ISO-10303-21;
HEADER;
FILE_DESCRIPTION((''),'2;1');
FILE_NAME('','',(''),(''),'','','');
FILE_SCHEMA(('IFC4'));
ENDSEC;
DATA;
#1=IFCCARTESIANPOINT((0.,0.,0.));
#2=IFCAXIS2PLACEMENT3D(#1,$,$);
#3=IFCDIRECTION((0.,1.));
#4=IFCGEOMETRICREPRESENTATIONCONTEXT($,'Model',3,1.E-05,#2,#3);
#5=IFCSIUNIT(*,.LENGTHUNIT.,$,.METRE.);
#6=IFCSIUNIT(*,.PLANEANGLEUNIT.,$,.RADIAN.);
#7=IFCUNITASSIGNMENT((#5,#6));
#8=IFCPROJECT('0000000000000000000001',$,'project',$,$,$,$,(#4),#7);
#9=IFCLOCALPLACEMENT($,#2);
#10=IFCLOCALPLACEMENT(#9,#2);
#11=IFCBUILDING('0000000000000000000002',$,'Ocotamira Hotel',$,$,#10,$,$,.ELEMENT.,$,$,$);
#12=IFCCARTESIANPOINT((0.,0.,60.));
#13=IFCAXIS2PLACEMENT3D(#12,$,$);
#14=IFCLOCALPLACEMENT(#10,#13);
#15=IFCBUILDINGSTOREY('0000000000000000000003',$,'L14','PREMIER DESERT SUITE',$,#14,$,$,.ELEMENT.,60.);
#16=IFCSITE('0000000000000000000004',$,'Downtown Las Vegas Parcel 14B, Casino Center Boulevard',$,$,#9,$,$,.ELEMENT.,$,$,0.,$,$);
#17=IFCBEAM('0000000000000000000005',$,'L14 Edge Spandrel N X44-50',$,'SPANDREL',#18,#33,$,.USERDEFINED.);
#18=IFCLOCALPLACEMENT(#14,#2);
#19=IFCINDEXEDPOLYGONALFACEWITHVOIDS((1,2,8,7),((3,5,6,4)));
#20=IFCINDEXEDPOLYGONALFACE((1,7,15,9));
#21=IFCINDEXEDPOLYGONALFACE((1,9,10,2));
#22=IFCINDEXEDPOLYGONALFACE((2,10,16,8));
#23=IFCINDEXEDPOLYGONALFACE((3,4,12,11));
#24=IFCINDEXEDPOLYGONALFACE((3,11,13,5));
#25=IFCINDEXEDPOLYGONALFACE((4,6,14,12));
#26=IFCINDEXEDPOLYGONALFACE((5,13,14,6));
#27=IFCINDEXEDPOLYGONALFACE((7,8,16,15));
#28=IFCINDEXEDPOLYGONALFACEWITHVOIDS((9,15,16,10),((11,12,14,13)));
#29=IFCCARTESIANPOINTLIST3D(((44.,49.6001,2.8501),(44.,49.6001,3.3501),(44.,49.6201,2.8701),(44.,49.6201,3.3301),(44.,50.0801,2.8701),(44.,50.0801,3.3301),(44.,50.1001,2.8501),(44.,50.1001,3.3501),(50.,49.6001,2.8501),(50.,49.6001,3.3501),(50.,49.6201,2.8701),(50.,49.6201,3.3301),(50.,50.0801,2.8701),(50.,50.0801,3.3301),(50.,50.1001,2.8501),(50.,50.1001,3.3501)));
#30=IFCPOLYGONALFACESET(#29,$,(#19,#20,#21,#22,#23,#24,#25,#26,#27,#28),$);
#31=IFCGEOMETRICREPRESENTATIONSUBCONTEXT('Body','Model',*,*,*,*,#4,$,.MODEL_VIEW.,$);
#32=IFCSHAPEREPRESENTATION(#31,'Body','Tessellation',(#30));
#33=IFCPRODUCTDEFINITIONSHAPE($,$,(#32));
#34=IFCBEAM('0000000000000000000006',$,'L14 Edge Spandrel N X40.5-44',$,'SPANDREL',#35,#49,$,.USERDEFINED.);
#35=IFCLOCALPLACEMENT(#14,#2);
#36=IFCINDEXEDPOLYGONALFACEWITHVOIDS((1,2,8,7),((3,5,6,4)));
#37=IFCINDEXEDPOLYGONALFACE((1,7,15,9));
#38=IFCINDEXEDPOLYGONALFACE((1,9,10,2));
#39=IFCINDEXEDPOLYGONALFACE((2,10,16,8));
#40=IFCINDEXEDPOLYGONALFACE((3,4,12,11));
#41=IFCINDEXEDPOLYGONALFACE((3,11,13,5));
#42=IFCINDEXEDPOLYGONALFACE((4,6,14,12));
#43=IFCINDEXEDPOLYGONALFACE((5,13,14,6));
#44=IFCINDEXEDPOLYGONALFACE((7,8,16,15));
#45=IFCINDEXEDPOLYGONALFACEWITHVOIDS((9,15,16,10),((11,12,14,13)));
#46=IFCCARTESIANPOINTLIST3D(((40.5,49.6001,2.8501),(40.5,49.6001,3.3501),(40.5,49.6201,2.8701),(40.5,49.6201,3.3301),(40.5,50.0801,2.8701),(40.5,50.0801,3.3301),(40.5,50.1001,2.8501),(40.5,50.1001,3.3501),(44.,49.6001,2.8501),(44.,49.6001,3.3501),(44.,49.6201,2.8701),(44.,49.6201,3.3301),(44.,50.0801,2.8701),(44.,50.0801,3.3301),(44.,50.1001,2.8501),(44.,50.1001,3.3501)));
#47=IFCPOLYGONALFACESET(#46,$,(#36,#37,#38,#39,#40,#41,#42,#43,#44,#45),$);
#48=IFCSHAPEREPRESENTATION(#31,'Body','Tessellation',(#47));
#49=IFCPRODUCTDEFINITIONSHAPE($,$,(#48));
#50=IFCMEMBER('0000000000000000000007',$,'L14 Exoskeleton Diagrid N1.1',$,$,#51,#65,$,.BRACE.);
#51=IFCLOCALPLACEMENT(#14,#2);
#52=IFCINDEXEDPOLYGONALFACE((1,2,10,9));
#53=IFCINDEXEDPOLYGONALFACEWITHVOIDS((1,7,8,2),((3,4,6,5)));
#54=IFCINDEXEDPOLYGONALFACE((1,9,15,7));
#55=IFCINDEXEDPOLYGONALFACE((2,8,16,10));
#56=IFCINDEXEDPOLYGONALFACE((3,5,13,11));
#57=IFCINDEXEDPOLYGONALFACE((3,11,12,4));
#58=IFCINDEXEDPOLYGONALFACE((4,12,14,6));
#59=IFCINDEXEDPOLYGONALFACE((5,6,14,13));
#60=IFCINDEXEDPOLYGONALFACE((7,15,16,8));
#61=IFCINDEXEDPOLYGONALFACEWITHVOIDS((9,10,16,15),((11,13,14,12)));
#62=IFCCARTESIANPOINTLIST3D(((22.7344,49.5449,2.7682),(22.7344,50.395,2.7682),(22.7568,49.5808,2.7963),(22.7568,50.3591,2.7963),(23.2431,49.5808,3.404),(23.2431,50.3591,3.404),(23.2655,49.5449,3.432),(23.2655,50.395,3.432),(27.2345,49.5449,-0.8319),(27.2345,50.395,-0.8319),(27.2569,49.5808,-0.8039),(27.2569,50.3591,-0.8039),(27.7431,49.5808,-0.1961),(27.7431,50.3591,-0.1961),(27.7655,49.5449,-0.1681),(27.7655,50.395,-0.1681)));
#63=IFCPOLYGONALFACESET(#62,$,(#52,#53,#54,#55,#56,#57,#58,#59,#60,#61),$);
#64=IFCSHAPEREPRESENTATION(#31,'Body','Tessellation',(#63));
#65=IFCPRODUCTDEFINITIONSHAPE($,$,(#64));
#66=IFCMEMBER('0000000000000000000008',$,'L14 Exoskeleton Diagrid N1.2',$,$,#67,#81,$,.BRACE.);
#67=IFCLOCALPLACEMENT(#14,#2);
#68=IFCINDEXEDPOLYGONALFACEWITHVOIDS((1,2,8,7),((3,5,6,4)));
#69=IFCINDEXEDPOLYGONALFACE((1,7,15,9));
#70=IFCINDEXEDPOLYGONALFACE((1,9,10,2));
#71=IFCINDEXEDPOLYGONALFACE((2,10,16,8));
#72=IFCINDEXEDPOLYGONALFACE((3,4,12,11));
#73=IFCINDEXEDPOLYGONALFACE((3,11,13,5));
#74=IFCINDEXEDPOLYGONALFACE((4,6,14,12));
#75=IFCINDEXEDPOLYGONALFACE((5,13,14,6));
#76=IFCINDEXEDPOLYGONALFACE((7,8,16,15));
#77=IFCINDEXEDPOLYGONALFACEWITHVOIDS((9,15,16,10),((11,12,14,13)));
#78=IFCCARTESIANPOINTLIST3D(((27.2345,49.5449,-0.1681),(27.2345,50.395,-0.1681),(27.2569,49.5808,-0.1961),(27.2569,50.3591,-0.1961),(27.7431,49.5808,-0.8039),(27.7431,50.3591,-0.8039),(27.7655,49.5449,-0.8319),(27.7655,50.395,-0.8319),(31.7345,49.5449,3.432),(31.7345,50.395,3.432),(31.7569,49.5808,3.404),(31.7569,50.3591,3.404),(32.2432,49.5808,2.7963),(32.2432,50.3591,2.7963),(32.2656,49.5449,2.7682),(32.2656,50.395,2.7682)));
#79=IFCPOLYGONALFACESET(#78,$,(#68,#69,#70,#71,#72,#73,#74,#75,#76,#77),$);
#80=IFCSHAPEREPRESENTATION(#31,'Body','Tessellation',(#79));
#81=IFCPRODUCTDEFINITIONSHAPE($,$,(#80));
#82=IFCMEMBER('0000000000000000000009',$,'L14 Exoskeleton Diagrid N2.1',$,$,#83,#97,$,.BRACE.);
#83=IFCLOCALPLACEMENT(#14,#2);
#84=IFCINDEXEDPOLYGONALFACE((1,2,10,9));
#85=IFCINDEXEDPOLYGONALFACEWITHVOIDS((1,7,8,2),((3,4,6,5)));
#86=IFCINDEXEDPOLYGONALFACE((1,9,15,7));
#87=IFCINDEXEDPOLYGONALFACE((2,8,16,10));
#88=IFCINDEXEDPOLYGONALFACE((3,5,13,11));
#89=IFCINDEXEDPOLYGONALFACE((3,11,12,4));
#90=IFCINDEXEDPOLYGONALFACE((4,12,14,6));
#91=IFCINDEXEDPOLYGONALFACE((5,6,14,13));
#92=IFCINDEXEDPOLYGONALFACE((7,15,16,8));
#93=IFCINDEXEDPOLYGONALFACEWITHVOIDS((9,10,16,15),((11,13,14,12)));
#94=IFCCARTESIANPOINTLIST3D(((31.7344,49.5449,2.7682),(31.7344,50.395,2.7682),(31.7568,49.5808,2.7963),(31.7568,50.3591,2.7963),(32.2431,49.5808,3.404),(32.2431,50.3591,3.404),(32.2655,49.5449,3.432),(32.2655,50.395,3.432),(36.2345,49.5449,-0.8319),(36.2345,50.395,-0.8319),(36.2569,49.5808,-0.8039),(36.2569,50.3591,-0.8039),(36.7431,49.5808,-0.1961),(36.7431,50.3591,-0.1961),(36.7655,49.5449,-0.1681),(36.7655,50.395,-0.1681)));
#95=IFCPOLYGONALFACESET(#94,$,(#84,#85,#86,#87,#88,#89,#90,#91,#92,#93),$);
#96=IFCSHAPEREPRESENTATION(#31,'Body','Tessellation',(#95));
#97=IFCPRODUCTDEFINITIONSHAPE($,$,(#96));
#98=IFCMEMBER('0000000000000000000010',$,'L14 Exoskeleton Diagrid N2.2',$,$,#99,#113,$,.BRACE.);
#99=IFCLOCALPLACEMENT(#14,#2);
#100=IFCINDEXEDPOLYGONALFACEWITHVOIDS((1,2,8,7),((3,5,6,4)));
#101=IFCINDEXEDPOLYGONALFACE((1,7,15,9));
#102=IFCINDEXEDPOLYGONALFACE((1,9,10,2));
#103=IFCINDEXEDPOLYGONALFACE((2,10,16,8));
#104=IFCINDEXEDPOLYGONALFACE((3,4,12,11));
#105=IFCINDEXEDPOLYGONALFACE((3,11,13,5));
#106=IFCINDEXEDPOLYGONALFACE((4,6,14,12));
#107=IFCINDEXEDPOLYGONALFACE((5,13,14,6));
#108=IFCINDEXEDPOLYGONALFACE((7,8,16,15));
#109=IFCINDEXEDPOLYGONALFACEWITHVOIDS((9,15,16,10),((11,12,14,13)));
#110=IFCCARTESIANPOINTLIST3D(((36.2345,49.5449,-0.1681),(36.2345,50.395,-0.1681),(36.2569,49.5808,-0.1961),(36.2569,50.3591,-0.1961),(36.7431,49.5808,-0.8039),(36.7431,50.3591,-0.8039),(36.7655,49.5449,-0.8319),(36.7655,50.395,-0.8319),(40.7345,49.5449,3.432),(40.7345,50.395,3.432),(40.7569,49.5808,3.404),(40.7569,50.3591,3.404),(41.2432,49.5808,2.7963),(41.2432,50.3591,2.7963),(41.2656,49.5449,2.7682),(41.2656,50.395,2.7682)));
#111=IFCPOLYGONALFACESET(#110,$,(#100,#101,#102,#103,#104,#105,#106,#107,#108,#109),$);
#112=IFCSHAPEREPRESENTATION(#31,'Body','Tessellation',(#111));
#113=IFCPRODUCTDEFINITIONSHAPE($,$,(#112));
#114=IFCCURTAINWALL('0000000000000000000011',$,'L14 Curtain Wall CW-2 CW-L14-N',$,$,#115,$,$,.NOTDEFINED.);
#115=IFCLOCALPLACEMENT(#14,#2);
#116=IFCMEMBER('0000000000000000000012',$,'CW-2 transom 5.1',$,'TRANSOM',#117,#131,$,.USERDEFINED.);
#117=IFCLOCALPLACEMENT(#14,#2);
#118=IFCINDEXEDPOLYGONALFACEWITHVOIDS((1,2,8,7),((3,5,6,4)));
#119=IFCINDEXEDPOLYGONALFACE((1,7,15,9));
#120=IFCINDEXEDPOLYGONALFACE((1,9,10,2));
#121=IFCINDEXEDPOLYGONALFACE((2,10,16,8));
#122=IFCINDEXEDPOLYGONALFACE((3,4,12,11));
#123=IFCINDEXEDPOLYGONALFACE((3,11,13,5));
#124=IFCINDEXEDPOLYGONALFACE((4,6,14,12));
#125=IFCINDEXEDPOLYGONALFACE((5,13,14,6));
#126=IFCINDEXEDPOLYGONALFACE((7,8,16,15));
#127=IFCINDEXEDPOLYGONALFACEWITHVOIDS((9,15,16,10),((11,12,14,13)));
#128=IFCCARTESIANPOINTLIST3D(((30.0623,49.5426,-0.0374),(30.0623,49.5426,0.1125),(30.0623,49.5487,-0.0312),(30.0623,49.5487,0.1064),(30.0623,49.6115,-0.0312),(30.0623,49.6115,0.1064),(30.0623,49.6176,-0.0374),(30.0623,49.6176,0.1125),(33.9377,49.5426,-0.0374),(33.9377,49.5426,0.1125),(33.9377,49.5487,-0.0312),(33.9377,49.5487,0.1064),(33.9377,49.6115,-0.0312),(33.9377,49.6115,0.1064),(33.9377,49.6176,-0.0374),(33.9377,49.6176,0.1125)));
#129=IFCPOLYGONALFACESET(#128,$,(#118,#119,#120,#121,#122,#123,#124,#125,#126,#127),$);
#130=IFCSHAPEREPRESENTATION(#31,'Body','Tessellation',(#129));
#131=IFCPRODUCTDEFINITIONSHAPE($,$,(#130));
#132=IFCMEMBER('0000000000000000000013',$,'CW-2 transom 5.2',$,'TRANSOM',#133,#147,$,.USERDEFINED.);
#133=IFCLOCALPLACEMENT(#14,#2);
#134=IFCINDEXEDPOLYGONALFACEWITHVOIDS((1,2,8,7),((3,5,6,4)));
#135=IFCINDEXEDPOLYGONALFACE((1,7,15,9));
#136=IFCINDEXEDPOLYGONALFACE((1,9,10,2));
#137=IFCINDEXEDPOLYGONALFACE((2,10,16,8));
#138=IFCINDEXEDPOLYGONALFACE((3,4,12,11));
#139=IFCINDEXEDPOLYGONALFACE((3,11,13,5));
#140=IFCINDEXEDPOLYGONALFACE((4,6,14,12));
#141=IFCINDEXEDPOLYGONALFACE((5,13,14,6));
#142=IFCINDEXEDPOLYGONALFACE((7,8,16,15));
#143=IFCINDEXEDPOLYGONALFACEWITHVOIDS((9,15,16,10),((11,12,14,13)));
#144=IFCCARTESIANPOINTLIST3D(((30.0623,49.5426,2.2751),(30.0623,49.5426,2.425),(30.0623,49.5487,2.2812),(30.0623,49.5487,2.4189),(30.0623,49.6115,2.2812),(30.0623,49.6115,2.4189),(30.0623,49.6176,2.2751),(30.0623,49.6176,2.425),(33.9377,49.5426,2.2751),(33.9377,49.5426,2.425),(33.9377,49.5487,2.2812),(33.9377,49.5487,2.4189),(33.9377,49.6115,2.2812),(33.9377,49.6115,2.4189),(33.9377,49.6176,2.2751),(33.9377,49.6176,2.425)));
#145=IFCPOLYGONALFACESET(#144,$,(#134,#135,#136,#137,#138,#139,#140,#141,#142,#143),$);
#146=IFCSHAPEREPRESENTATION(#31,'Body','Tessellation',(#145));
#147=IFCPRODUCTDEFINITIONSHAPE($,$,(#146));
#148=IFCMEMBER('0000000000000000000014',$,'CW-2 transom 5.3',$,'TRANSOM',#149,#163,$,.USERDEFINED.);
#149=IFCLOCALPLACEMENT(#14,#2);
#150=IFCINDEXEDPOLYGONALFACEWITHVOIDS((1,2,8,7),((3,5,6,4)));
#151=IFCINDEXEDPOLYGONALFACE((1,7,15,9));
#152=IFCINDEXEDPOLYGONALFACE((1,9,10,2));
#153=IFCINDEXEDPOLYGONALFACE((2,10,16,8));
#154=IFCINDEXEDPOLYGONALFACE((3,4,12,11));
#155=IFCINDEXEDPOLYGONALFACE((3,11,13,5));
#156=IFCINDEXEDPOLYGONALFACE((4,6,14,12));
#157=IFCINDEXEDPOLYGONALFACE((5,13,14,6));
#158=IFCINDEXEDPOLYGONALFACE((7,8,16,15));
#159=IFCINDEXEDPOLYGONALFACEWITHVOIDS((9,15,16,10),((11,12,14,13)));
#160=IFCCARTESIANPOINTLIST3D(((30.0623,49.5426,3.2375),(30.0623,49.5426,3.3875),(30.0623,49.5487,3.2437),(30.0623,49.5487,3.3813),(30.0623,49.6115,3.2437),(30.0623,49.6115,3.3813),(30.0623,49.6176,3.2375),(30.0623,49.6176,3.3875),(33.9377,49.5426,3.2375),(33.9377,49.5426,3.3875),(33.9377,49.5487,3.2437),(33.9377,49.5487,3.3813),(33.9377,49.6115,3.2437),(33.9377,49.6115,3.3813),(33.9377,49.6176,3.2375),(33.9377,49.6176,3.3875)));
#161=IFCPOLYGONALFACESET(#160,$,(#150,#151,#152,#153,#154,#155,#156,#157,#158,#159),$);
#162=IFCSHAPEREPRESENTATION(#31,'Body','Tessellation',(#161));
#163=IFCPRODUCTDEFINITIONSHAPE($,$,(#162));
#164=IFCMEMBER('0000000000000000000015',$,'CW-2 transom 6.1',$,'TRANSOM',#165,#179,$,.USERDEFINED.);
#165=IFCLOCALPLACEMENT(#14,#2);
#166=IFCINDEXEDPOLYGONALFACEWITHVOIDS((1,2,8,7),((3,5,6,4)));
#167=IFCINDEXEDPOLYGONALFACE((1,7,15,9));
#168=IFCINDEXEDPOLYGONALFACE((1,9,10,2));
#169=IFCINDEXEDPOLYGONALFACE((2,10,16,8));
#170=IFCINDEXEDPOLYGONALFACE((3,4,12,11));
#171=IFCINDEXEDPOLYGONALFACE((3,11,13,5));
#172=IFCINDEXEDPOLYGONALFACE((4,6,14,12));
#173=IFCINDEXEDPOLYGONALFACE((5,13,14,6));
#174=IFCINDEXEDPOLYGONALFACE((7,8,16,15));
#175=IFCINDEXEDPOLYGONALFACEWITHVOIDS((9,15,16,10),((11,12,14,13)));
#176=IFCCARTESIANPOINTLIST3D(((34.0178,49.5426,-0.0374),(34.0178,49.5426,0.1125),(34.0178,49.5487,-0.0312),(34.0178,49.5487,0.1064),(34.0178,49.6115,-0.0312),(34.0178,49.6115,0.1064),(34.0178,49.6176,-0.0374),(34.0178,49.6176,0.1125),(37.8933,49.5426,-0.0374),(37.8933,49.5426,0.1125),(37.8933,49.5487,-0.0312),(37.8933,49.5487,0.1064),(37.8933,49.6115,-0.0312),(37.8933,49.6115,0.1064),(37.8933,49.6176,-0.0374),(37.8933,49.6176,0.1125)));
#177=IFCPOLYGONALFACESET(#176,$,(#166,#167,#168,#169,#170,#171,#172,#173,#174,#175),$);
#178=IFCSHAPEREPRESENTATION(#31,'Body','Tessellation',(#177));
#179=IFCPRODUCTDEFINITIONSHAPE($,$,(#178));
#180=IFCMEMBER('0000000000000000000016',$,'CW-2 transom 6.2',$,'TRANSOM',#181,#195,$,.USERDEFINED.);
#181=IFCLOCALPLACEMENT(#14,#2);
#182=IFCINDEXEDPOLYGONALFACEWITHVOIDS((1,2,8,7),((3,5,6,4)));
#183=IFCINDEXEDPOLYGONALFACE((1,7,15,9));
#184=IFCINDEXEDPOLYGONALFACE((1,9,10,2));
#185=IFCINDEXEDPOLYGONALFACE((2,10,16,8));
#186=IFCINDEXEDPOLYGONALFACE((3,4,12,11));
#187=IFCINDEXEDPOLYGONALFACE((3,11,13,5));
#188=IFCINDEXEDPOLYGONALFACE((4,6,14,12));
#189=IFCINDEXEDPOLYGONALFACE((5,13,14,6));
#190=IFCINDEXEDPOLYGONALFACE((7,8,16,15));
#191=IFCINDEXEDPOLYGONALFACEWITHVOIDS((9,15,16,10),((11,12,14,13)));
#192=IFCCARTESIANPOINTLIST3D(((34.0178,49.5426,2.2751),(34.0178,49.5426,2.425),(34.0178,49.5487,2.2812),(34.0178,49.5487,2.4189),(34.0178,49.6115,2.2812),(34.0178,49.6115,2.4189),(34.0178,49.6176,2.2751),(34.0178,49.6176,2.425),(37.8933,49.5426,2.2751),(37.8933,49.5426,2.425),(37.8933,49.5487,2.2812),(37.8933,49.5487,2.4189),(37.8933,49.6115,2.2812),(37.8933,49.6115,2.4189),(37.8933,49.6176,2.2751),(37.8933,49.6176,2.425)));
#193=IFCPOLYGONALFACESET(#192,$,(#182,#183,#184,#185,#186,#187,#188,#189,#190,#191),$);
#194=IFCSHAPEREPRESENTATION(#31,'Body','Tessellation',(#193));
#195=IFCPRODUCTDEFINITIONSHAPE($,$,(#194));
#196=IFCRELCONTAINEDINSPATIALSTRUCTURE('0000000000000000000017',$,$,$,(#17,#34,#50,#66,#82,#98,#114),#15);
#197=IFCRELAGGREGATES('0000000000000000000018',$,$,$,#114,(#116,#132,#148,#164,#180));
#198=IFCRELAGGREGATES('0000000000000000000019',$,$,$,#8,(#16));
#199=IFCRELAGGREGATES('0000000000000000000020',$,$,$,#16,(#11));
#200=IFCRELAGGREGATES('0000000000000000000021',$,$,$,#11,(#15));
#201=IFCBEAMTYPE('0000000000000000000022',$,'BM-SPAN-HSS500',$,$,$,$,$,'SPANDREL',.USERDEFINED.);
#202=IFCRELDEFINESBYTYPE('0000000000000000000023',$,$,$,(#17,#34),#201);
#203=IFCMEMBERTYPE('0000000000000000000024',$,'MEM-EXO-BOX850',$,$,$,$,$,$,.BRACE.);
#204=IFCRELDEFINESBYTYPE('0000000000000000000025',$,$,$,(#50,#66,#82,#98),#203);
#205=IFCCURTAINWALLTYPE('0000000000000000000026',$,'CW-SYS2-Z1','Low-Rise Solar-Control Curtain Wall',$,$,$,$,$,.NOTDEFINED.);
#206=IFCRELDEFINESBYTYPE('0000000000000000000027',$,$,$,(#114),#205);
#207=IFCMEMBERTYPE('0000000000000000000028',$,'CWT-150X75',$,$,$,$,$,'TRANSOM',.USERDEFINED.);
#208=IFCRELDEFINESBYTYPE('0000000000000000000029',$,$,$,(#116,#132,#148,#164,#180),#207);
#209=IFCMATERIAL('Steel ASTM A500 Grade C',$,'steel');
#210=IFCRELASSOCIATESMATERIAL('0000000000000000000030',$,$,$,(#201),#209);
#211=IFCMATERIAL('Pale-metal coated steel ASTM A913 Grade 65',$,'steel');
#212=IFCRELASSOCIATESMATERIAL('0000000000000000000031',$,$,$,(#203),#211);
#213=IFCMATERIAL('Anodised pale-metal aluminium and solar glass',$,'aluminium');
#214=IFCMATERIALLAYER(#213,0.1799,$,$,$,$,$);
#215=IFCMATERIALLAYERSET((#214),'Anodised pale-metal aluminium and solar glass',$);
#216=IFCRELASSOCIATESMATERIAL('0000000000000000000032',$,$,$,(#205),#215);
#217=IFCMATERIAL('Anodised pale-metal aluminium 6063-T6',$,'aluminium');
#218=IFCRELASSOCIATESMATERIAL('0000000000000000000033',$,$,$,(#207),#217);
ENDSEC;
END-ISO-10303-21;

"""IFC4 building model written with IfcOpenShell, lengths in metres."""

from ifc_helpers import new_model, si_unit, direction, frame, origin, origin_2d, place, context, subcontext, project, spatial, hollow_rectangle, extrude, source, transform, mapped, material, layer, layer_set, material_profile, profile_set, type_object, element, aggregate, save


model = new_model("IFC4")

# Units and contexts
model_context = context("Model", 3, precision=1e-05, world=origin(), true_north=direction((0.0, 1.0)))
body_context = subcontext(model_context, "Body", "Model", "MODEL_VIEW")
ifc_project = project(units=[si_unit("LENGTHUNIT", "METRE"), si_unit("PLANEANGLEUNIT", "RADIAN")], contexts=[model_context])

# Site, building, storey
site_placement = place(None, origin())
site = spatial("IfcSite", under=ifc_project, at=site_placement, Name="Downtown Las Vegas Parcel 14B, Casino Center Boulevard", CompositionType="ELEMENT", RefElevation=0.0)
building_placement = place(site_placement, origin())
building = spatial("IfcBuilding", under=site, at=building_placement, Name="Ocotamira Hotel", CompositionType="ELEMENT")
storey_placement = place(building_placement, frame((0.0, 0.0, 60.0)))
storey = spatial("IfcBuildingStorey", under=building, at=storey_placement, Name="L14", Description="PREMIER DESERT SUITE", CompositionType="ELEMENT", Elevation=60.0)

# Beams
ifc_material_1 = material(Name="Steel ASTM A500 Grade C", Category="steel")
ifc_material_profile_1 = material_profile(ifc_material_1, hollow_rectangle(XDim=0.5, YDim=0.5, WallThickness=0.02, at=origin_2d()), Name="HSS500X500X20")
ifc_profile_set_1 = profile_set([ifc_material_profile_1], Name="Steel ASTM A500 Grade C")
beam_type = type_object("IfcBeamType", Name="BM-SPAN-HSS500", ElementType="SPANDREL", PredefinedType="USERDEFINED", material=ifc_profile_set_1)
shared_shape_1 = source(origin(), body_context, "Body", "SweptSolid", [
    extrude(hollow_rectangle(XDim=0.5, YDim=0.5, WallThickness=0.02, at=origin_2d()), origin(), (0.0, 0.0, 1.0), 6.0),
])
beam_1_placement = place(storey_placement, frame((44.0, 49.8501, 3.1001), z_axis=(1.0, 0.0, 0.0), x_axis=(0.0, 1.0, 0.0)))
element("IfcBeam", 1, at=beam_1_placement, inside=storey, type_object=beam_type, Name="L14 Edge Spandrel N X44-50", ObjectType="SPANDREL", PredefinedType="USERDEFINED", context=body_context, shape_type="MappedRepresentation", body=[
    mapped(shared_shape_1, transform((0.0, 0.0, 0.0), scale=1.0)),
])
shared_shape_2 = source(origin(), body_context, "Body", "SweptSolid", [
    extrude(hollow_rectangle(XDim=0.5, YDim=0.5, WallThickness=0.02, at=origin_2d()), origin(), (0.0, 0.0, 1.0), 3.5),
])
beam_2_placement = place(storey_placement, frame((40.5, 49.8501, 3.1001), z_axis=(1.0, 0.0, 0.0), x_axis=(0.0, 1.0, 0.0)))
element("IfcBeam", 2, at=beam_2_placement, inside=storey, type_object=beam_type, Name="L14 Edge Spandrel N X40.5-44", ObjectType="SPANDREL", PredefinedType="USERDEFINED", context=body_context, shape_type="MappedRepresentation", body=[
    mapped(shared_shape_2, transform((0.0, 0.0, 0.0), scale=1.0)),
])

# Members
ifc_material_2 = material(Name="Pale-metal coated steel ASTM A913 Grade 65", Category="steel")
ifc_material_profile_2 = material_profile(ifc_material_2, hollow_rectangle(XDim=0.8501, YDim=0.8501, WallThickness=0.0359, at=origin_2d()), Name="BOX850X850X36")
ifc_profile_set_2 = profile_set([ifc_material_profile_2], Name="Pale-metal coated steel ASTM A913 Grade 65")
member_type_1 = type_object("IfcMemberType", Name="MEM-EXO-BOX850", PredefinedType="BRACE", material=ifc_profile_set_2)
shared_shape_3 = source(origin(), body_context, "Body", "SweptSolid", [
    extrude(hollow_rectangle(XDim=0.8501, YDim=0.8501, WallThickness=0.0359, at=origin_2d()), origin(), (0.0, 0.0, 1.0), 5.7629),
])
for number, where, z_axis, x_axis, name in (
    (3, (27.5, 49.97, -0.5), (-0.780861, 0.0, 0.624705), (0.0, -1.0, 0.0), "L14 Exoskeleton Diagrid N1.1"),
    (4, (27.5, 49.97, -0.5), (0.780861, 0.0, 0.624705), (0.0, 1.0, 0.0), "L14 Exoskeleton Diagrid N1.2"),
    (5, (36.5, 49.97, -0.5), (-0.780861, 0.0, 0.624705), (0.0, -1.0, 0.0), "L14 Exoskeleton Diagrid N2.1"),
    (6, (36.5, 49.97, -0.5), (0.780861, 0.0, 0.624705), (0.0, 1.0, 0.0), "L14 Exoskeleton Diagrid N2.2"),
):
    element("IfcMember", number, at=place(storey_placement, frame(where, z_axis=z_axis, x_axis=x_axis)), inside=storey, type_object=member_type_1, Name=name, PredefinedType="BRACE", context=body_context, shape_type="MappedRepresentation", body=[
        mapped(shared_shape_3, transform((0.0, 0.0, 0.0), scale=1.0)),
    ])

# Curtain wall, members
ifc_material_3 = material(Name="Anodised pale-metal aluminium and solar glass", Category="aluminium")
ifc_layer_1 = layer(ifc_material_3, 0.1799)
ifc_layer_set_1 = layer_set([ifc_layer_1], Name="Anodised pale-metal aluminium and solar glass")
curtain_wall_type = type_object("IfcCurtainWallType", Name="CW-SYS2-Z1", Description="Low-Rise Solar-Control Curtain Wall", PredefinedType="NOTDEFINED", material=ifc_layer_set_1)
curtain_wall_placement = place(storey_placement, origin())
curtain_wall = element("IfcCurtainWall", 7, at=curtain_wall_placement, inside=storey, type_object=curtain_wall_type, Name="L14 Curtain Wall CW-2 CW-L14-N", PredefinedType="NOTDEFINED")
ifc_material_4 = material(Name="Anodised pale-metal aluminium 6063-T6", Category="aluminium")
ifc_material_profile_3 = material_profile(ifc_material_4, hollow_rectangle(XDim=0.075, YDim=0.1499, WallThickness=0.0061, at=origin_2d()), Name="HSS150X75X6")
ifc_profile_set_3 = profile_set([ifc_material_profile_3], Name="Anodised pale-metal aluminium 6063-T6")
member_type_2 = type_object("IfcMemberType", Name="CWT-150X75", ElementType="TRANSOM", PredefinedType="USERDEFINED", material=ifc_profile_set_3)
shared_shape_4 = source(origin(), body_context, "Body", "SweptSolid", [
    extrude(hollow_rectangle(XDim=0.075, YDim=0.1499, WallThickness=0.0061, at=origin_2d()), origin(), (0.0, 0.0, 1.0), 3.8755),
])
member_1_placement = place(storey_placement, frame((30.0623, 49.5801, 0.0376), z_axis=(1.0, 0.0, 0.0), x_axis=(0.0, 1.0, 0.0)))
member_1 = element("IfcMember", 8, at=member_1_placement, type_object=member_type_2, Name="CW-2 transom 5.1", ObjectType="TRANSOM", PredefinedType="USERDEFINED", context=body_context, shape_type="MappedRepresentation", body=[
    mapped(shared_shape_4, transform((0.0, 0.0, 0.0), scale=1.0)),
])
member_2_placement = place(storey_placement, frame((30.0623, 49.5801, 2.3501), z_axis=(1.0, 0.0, 0.0), x_axis=(0.0, 1.0, 0.0)))
member_2 = element("IfcMember", 9, at=member_2_placement, type_object=member_type_2, Name="CW-2 transom 5.2", ObjectType="TRANSOM", PredefinedType="USERDEFINED", context=body_context, shape_type="MappedRepresentation", body=[
    mapped(shared_shape_4, transform((0.0, 0.0, 0.0), scale=1.0)),
])
member_3_placement = place(storey_placement, frame((30.0623, 49.5801, 3.3125), z_axis=(1.0, 0.0, 0.0), x_axis=(0.0, 1.0, 0.0)))
member_3 = element("IfcMember", 10, at=member_3_placement, type_object=member_type_2, Name="CW-2 transom 5.3", ObjectType="TRANSOM", PredefinedType="USERDEFINED", context=body_context, shape_type="MappedRepresentation", body=[
    mapped(shared_shape_4, transform((0.0, 0.0, 0.0), scale=1.0)),
])
member_4_placement = place(storey_placement, frame((34.0178, 49.5801, 0.0376), z_axis=(1.0, 0.0, 0.0), x_axis=(0.0, 1.0, 0.0)))
member_4 = element("IfcMember", 11, at=member_4_placement, type_object=member_type_2, Name="CW-2 transom 6.1", ObjectType="TRANSOM", PredefinedType="USERDEFINED", context=body_context, shape_type="MappedRepresentation", body=[
    mapped(shared_shape_4, transform((0.0, 0.0, 0.0), scale=1.0)),
])
member_5_placement = place(storey_placement, frame((34.0178, 49.5801, 2.3501), z_axis=(1.0, 0.0, 0.0), x_axis=(0.0, 1.0, 0.0)))
member_5 = element("IfcMember", 12, at=member_5_placement, type_object=member_type_2, Name="CW-2 transom 6.2", ObjectType="TRANSOM", PredefinedType="USERDEFINED", context=body_context, shape_type="MappedRepresentation", body=[
    mapped(shared_shape_4, transform((0.0, 0.0, 0.0), scale=1.0)),
])

aggregate(curtain_wall, [member_1, member_2, member_3, member_4, member_5])

save(model, "model.ifc")
